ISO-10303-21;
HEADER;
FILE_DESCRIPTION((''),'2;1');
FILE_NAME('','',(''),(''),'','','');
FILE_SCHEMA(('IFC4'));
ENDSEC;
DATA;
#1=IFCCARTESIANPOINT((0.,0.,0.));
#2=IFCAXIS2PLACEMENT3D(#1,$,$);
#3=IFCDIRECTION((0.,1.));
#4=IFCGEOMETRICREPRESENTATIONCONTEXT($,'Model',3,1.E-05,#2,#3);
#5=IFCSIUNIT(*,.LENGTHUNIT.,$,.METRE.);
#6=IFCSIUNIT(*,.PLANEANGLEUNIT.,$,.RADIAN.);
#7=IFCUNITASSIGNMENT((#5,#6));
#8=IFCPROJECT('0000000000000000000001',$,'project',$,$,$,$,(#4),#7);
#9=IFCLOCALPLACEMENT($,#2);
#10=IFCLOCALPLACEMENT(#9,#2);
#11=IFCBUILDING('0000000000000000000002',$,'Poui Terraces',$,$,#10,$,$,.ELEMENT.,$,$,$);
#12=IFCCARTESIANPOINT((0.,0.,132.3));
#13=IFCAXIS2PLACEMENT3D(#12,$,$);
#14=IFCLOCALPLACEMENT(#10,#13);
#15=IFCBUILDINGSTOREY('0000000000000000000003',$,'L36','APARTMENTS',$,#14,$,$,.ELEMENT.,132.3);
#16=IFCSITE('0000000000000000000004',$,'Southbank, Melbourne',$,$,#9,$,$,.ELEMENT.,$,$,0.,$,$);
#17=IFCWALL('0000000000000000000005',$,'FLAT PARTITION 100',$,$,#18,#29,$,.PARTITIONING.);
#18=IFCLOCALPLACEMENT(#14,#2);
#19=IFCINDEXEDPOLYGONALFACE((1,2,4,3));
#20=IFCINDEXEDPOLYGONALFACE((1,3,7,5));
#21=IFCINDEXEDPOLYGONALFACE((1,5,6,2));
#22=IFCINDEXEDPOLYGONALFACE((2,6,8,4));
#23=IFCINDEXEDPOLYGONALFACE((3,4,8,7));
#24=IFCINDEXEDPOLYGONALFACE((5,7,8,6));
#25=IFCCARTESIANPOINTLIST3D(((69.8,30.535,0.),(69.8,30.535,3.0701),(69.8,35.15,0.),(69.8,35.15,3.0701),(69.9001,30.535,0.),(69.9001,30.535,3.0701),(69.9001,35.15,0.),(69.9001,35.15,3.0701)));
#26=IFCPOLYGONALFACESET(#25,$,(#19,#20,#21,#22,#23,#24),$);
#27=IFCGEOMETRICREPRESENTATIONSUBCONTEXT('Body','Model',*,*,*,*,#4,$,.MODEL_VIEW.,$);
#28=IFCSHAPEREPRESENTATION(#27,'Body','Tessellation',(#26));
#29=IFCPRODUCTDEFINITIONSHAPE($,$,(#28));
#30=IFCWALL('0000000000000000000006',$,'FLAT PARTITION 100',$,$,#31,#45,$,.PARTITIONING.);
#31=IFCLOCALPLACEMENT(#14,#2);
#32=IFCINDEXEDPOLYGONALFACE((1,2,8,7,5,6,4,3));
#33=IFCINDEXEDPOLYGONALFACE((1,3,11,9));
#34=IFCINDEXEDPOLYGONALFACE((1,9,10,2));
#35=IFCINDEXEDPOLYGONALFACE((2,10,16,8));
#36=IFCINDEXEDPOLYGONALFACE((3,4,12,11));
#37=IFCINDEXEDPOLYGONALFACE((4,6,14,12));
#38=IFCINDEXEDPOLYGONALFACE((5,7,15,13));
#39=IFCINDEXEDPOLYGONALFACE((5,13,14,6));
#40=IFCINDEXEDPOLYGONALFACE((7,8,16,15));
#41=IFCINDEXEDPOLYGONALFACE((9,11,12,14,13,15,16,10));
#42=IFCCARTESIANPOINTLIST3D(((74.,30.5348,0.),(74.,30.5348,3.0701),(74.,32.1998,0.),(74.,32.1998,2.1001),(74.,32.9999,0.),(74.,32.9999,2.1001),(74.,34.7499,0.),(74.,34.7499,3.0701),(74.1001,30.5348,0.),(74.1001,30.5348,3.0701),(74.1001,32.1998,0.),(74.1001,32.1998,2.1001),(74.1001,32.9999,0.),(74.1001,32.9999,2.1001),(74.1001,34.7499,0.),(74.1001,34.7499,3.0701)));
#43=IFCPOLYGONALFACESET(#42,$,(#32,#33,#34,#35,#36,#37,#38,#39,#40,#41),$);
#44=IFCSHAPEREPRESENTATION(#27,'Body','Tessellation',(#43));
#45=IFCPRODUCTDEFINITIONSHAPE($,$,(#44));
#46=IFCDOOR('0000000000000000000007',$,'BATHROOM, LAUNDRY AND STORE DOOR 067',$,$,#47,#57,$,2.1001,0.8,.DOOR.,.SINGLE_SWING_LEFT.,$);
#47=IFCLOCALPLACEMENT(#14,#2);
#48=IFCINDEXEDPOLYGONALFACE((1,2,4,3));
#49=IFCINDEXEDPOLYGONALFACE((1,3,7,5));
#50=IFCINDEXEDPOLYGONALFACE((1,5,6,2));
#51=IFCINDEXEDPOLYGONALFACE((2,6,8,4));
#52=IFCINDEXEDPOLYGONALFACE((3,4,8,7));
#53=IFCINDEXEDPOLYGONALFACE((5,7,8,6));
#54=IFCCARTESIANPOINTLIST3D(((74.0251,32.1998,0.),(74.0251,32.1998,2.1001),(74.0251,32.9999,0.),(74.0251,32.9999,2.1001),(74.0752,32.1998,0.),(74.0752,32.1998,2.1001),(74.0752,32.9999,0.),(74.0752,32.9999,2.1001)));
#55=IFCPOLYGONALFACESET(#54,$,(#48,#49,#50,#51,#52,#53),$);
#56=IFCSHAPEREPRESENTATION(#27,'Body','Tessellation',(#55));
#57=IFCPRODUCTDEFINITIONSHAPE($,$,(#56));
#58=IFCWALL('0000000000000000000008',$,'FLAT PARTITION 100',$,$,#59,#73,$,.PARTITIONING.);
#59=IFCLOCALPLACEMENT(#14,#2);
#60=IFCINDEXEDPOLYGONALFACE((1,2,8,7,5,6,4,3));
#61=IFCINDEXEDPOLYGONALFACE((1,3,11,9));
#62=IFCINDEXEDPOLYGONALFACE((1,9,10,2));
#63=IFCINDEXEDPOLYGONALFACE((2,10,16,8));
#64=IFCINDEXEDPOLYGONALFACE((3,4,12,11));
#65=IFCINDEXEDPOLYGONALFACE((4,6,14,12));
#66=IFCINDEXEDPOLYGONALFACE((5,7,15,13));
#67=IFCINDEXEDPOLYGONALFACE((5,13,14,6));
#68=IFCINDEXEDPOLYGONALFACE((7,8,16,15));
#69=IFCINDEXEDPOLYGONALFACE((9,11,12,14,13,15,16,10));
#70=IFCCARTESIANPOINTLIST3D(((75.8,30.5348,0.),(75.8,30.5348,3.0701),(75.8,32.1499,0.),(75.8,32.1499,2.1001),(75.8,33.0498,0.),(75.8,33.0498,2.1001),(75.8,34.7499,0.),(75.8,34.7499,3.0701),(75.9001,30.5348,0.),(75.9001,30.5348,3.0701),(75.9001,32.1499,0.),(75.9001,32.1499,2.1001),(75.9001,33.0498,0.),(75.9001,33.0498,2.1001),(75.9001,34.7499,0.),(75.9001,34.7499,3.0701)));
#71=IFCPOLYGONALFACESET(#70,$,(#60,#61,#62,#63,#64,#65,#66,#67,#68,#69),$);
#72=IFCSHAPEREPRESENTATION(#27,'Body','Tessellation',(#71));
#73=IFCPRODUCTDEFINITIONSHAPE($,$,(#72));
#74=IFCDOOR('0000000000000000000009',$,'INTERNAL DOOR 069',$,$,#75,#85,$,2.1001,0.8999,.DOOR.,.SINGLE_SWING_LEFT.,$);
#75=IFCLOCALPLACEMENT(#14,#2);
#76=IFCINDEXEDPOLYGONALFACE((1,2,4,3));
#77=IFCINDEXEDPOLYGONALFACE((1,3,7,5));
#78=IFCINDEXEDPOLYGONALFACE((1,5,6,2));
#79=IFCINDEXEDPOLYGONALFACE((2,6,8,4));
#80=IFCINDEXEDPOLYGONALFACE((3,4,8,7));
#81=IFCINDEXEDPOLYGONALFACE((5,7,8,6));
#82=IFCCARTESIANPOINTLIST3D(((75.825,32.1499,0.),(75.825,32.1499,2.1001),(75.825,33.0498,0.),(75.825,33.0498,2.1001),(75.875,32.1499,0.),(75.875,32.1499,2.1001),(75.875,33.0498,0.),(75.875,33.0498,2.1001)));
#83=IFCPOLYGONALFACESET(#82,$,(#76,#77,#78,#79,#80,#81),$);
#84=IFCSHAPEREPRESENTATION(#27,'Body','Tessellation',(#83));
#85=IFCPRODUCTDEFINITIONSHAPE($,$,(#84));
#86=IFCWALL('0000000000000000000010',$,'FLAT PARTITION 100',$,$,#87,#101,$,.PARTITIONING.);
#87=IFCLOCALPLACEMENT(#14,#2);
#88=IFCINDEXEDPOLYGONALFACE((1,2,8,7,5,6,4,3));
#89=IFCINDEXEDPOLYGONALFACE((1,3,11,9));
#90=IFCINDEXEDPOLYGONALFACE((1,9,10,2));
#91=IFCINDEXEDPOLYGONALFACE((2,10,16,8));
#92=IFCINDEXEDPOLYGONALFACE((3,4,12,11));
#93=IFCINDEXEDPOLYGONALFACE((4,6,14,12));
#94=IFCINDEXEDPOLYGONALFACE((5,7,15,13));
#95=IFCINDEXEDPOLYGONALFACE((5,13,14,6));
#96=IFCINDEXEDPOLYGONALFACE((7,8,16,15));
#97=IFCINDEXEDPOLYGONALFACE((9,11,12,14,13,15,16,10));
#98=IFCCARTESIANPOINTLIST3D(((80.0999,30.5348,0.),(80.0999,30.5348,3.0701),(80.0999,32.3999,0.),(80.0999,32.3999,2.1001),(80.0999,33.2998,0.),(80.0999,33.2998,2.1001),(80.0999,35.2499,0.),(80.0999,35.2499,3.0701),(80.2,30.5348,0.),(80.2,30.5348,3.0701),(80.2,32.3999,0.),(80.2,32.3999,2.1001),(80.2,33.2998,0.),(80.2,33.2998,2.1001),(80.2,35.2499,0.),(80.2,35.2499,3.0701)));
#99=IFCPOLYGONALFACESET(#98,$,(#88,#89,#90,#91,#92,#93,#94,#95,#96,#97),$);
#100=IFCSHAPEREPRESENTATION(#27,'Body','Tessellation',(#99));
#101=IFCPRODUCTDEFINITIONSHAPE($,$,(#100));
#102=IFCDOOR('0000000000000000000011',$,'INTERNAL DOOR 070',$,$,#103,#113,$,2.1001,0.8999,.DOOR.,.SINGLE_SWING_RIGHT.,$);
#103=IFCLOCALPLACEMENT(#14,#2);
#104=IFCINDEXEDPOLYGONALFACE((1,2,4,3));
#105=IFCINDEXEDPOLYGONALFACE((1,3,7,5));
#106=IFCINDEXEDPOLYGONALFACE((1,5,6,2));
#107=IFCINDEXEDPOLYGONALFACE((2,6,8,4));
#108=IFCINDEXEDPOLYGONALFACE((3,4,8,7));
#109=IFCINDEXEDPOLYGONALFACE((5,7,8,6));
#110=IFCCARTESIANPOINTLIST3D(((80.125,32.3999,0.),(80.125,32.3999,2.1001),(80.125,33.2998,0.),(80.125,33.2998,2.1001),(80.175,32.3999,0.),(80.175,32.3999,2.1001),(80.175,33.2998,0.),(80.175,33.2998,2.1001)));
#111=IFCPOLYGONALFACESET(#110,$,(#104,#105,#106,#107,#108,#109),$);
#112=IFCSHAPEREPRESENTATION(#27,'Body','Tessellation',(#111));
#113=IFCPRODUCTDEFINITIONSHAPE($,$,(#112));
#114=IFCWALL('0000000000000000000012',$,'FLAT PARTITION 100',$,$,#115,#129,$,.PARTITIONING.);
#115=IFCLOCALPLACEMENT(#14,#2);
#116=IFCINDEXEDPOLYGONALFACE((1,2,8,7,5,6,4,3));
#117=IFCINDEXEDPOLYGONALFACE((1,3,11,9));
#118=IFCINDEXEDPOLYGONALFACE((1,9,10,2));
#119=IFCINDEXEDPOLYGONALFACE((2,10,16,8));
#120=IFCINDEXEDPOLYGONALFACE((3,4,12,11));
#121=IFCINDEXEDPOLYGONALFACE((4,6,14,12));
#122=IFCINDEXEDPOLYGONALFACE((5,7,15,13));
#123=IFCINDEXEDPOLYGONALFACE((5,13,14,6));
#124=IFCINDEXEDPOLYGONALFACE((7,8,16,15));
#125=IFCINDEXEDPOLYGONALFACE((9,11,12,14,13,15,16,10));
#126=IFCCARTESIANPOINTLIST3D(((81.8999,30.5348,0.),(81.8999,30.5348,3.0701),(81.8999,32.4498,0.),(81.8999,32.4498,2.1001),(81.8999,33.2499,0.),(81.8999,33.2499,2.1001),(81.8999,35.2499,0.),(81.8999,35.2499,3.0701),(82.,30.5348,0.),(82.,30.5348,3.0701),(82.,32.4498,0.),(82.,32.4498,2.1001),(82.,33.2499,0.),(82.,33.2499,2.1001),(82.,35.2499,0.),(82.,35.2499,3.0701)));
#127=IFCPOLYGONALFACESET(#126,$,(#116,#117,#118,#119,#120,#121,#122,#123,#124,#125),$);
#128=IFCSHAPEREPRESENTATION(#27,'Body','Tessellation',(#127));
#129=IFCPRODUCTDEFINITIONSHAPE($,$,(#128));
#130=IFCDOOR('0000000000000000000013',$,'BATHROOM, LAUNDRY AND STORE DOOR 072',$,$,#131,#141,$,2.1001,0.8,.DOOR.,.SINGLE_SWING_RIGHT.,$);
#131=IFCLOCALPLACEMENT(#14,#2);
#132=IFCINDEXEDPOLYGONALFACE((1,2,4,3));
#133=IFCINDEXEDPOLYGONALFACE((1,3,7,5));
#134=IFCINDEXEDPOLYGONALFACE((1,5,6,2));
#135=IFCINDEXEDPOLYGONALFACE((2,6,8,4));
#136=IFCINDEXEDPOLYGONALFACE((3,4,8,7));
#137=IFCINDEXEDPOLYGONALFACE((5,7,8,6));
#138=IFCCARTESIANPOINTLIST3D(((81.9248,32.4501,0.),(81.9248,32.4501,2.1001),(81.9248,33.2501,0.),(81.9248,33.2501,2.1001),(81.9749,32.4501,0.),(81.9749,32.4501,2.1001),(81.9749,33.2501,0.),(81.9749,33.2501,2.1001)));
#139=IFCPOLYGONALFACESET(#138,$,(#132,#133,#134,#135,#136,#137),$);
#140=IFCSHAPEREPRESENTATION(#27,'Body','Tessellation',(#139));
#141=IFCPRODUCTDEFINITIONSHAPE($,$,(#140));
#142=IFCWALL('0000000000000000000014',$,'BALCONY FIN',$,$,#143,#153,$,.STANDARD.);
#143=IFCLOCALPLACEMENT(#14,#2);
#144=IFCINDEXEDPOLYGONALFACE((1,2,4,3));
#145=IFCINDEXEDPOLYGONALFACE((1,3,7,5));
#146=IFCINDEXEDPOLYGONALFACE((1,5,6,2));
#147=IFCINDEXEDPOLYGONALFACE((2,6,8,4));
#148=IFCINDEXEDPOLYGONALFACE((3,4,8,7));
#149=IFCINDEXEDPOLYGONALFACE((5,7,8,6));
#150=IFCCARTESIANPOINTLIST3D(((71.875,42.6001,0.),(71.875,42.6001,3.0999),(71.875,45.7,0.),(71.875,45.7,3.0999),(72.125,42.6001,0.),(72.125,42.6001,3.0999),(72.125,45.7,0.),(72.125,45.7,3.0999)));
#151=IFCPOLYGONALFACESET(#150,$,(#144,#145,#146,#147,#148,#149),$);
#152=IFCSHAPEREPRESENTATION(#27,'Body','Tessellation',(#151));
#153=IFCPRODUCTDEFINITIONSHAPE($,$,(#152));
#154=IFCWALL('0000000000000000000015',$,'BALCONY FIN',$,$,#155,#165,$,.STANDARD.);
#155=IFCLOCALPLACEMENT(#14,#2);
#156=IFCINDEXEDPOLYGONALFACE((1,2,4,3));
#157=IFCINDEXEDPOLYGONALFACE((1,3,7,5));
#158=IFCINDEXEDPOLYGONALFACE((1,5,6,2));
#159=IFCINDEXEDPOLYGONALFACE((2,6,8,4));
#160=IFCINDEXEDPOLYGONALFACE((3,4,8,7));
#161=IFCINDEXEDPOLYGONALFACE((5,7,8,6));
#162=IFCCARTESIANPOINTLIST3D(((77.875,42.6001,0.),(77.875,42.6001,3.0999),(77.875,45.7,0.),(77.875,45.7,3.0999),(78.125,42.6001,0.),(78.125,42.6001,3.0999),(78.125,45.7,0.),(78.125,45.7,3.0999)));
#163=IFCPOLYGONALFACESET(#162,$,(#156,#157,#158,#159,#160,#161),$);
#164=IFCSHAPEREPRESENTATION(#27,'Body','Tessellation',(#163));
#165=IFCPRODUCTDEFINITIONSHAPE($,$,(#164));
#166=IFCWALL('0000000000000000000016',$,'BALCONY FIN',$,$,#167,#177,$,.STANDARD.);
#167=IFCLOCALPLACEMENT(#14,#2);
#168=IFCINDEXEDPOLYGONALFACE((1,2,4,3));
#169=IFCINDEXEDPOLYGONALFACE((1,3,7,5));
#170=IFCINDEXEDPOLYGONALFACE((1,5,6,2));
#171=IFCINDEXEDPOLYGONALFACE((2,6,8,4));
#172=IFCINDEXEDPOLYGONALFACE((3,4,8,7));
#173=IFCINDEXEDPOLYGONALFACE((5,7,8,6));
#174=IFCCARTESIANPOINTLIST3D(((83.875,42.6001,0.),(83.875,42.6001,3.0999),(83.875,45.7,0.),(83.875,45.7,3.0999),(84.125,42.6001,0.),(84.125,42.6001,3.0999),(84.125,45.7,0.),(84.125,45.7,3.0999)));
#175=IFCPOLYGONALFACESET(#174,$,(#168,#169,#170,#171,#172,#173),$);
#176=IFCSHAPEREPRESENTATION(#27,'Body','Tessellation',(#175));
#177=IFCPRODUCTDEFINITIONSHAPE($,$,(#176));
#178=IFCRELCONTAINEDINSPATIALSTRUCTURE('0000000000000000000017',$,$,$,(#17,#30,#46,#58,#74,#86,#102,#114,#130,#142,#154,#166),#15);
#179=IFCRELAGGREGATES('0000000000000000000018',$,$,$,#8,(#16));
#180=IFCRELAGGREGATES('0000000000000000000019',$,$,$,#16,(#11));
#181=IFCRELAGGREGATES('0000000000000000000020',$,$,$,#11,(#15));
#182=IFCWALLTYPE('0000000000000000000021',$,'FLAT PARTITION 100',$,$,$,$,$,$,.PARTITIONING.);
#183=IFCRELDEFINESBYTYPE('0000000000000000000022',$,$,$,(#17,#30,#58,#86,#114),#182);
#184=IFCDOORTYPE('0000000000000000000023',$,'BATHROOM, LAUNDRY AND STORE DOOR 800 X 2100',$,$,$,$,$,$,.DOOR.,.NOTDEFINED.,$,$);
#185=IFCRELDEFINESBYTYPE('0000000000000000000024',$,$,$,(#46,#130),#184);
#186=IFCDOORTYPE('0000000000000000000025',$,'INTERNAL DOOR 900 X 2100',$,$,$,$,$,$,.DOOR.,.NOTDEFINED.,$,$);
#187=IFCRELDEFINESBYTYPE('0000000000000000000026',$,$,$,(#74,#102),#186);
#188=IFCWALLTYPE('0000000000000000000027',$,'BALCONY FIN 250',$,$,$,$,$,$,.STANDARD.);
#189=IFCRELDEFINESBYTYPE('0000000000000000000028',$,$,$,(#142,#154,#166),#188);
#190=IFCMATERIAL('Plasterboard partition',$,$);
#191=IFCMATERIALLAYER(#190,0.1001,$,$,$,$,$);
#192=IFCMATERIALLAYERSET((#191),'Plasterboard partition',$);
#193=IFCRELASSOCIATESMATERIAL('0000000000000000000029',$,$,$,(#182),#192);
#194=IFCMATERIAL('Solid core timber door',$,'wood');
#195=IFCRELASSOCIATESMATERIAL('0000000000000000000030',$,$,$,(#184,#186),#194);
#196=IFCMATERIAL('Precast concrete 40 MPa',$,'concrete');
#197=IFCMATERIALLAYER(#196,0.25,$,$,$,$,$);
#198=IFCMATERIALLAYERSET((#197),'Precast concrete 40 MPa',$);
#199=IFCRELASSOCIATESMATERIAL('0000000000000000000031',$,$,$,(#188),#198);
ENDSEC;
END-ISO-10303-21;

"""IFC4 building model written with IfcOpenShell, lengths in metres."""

from ifc_helpers import new_model, si_unit, direction, frame, frame_2d, origin, place, context, subcontext, project, spatial, polyline, rectangle, outline, extrude, source, transform, mapped, material, layer, layer_set, type_object, element, fill, save


model = new_model("IFC4")

# Units and contexts
model_context = context("Model", 3, precision=1e-05, world=origin(), true_north=direction((0.0, 1.0)))
body_context = subcontext(model_context, "Body", "Model", "MODEL_VIEW")
ifc_project = project(units=[si_unit("LENGTHUNIT", "METRE"), si_unit("PLANEANGLEUNIT", "RADIAN")], contexts=[model_context])

# Site, building, storey
site_placement = place(None, origin())
site = spatial("IfcSite", under=ifc_project, at=site_placement, Name="Southbank, Melbourne", CompositionType="ELEMENT", RefElevation=0.0)
building_placement = place(site_placement, origin())
building = spatial("IfcBuilding", under=site, at=building_placement, Name="Poui Terraces", CompositionType="ELEMENT")
storey_placement = place(building_placement, frame((0.0, 0.0, 132.3)))
storey = spatial("IfcBuildingStorey", under=building, at=storey_placement, Name="L36", Description="APARTMENTS", CompositionType="ELEMENT", Elevation=132.3)

# Shared definitions
ifc_material_1 = material(Name="Plasterboard partition")
ifc_layer_1 = layer(ifc_material_1, 0.1001)
ifc_layer_set_1 = layer_set([ifc_layer_1], Name="Plasterboard partition")
wall_type_1 = type_object("IfcWallType", Name="FLAT PARTITION 100", PredefinedType="PARTITIONING", material=ifc_layer_set_1)

# Shared definitions
ifc_material_2 = material(Name="Solid core timber door", Category="wood")
door_type_1 = type_object("IfcDoorType", Name="BATHROOM, LAUNDRY AND STORE DOOR 800 X 2100", OperationType="NOTDEFINED", PredefinedType="DOOR", material=ifc_material_2)
door_type_2 = type_object("IfcDoorType", Name="INTERNAL DOOR 900 X 2100", OperationType="NOTDEFINED", PredefinedType="DOOR", material=ifc_material_2)

# Wall
wall_1_placement = place(storey_placement, frame((69.8501, 30.5349, 0.0), z_axis=(0.0, 0.0, 1.0), x_axis=(0.0, 1.0, 0.0)))
element("IfcWall", 1, at=wall_1_placement, inside=storey, type_object=wall_type_1, Name="FLAT PARTITION 100", PredefinedType="PARTITIONING", context=body_context, shape_type="SweptSolid", body=[
    extrude(rectangle(XDim=4.615, YDim=0.1001, at=frame_2d((2.3076, 0.0))), origin(), (0.0, 0.0, 1.0), 3.0701),
])

# Walls, openings, doors
wall_2_placement = place(storey_placement, frame((74.05, 30.5349, 0.0), z_axis=(0.0, 0.0, 1.0), x_axis=(0.0, 1.0, 0.0)))
wall_2 = element("IfcWall", 2, at=wall_2_placement, inside=storey, type_object=wall_type_1, Name="FLAT PARTITION 100", PredefinedType="PARTITIONING", context=body_context, shape_type="SweptSolid", body=[
    extrude(rectangle(XDim=4.2151, YDim=0.1001, at=frame_2d((2.1074, 0.0))), origin(), (0.0, 0.0, 1.0), 3.0701),
])
opening_1_placement = place(wall_2_placement, frame((1.665, 0.0, 0.0)))
opening_1 = element("IfcOpeningElement", 3, at=opening_1_placement, cuts=wall_2, PredefinedType="OPENING", context=body_context, shape_type="SweptSolid", body=[
    extrude(rectangle(XDim=0.8, YDim=2.1001, at=frame_2d((0.3999, 1.05))), frame((0.0, 0.0601, 0.0), z_axis=(0.0, -1.0, 0.0), x_axis=(1.0, 0.0, 0.0)), (0.0, 0.0, 1.0), 0.1201),
])
door_1_placement = place(opening_1_placement, origin())
door_1 = element("IfcDoor", 4, at=door_1_placement, inside=storey, type_object=door_type_1, Name="BATHROOM, LAUNDRY AND STORE DOOR 067", OperationType="SINGLE_SWING_LEFT", OverallHeight=2.1001, OverallWidth=0.8, PredefinedType="DOOR", context=body_context, shape_type="SweptSolid", body=[
    extrude(rectangle(XDim=0.8, YDim=2.1001, at=frame_2d((0.3999, 1.05))), frame((0.0, 0.0249, 0.0), z_axis=(0.0, -1.0, 0.0), x_axis=(1.0, 0.0, 0.0)), (0.0, 0.0, 1.0), 0.05),
])
fill(opening_1, door_1)
wall_3_placement = place(storey_placement, frame((75.8501, 30.5349, 0.0), z_axis=(0.0, 0.0, 1.0), x_axis=(0.0, 1.0, 0.0)))
wall_3 = element("IfcWall", 5, at=wall_3_placement, inside=storey, type_object=wall_type_1, Name="FLAT PARTITION 100", PredefinedType="PARTITIONING", context=body_context, shape_type="SweptSolid", body=[
    extrude(rectangle(XDim=4.2151, YDim=0.1001, at=frame_2d((2.1074, 0.0))), origin(), (0.0, 0.0, 1.0), 3.0701),
])
opening_2_placement = place(wall_3_placement, frame((1.615, 0.0, 0.0)))
opening_2 = element("IfcOpeningElement", 6, at=opening_2_placement, cuts=wall_3, PredefinedType="OPENING", context=body_context, shape_type="SweptSolid", body=[
    extrude(rectangle(XDim=0.8999, YDim=2.1001, at=frame_2d((0.45, 1.05))), frame((0.0, 0.0601, 0.0), z_axis=(0.0, -1.0, 0.0), x_axis=(1.0, 0.0, 0.0)), (0.0, 0.0, 1.0), 0.1201),
])
door_2_placement = place(opening_2_placement, frame((0.8999, 0.0, 0.0), z_axis=(0.0, 0.0, 1.0), x_axis=(-1.0, 0.0, 0.0)))
door_2 = element("IfcDoor", 7, at=door_2_placement, inside=storey, type_object=door_type_2, Name="INTERNAL DOOR 069", OperationType="SINGLE_SWING_LEFT", OverallHeight=2.1001, OverallWidth=0.8999, PredefinedType="DOOR", context=body_context, shape_type="SweptSolid", body=[
    extrude(rectangle(XDim=0.8999, YDim=2.1001, at=frame_2d((0.45, 1.05))), frame((0.0, 0.0249, 0.0), z_axis=(0.0, -1.0, 0.0), x_axis=(1.0, 0.0, 0.0)), (0.0, 0.0, 1.0), 0.05),
])
fill(opening_2, door_2)
wall_4_placement = place(storey_placement, frame((80.1499, 30.5349, 0.0), z_axis=(0.0, 0.0, 1.0), x_axis=(0.0, 1.0, 0.0)))
wall_4 = element("IfcWall", 8, at=wall_4_placement, inside=storey, type_object=wall_type_1, Name="FLAT PARTITION 100", PredefinedType="PARTITIONING", context=body_context, shape_type="SweptSolid", body=[
    extrude(rectangle(XDim=4.7151, YDim=0.1001, at=frame_2d((2.3574, 0.0))), origin(), (0.0, 0.0, 1.0), 3.0701),
])
opening_3_placement = place(wall_4_placement, frame((1.865, 0.0, 0.0)))
opening_3 = element("IfcOpeningElement", 9, at=opening_3_placement, cuts=wall_4, PredefinedType="OPENING", context=body_context, shape_type="SweptSolid", body=[
    extrude(rectangle(XDim=0.8999, YDim=2.1001, at=frame_2d((0.45, 1.05))), frame((0.0, 0.0601, 0.0), z_axis=(0.0, -1.0, 0.0), x_axis=(1.0, 0.0, 0.0)), (0.0, 0.0, 1.0), 0.1201),
])
door_3_placement = place(opening_3_placement, origin())
door_3 = element("IfcDoor", 10, at=door_3_placement, inside=storey, type_object=door_type_2, Name="INTERNAL DOOR 070", OperationType="SINGLE_SWING_RIGHT", OverallHeight=2.1001, OverallWidth=0.8999, PredefinedType="DOOR", context=body_context, shape_type="SweptSolid", body=[
    extrude(rectangle(XDim=0.8999, YDim=2.1001, at=frame_2d((0.45, 1.05))), frame((0.0, 0.0249, 0.0), z_axis=(0.0, -1.0, 0.0), x_axis=(1.0, 0.0, 0.0)), (0.0, 0.0, 1.0), 0.05),
])
fill(opening_3, door_3)
wall_5_placement = place(storey_placement, frame((81.95, 30.5349, 0.0), z_axis=(0.0, 0.0, 1.0), x_axis=(0.0, 1.0, 0.0)))
wall_5 = element("IfcWall", 11, at=wall_5_placement, inside=storey, type_object=wall_type_1, Name="FLAT PARTITION 100", PredefinedType="PARTITIONING", context=body_context, shape_type="SweptSolid", body=[
    extrude(rectangle(XDim=4.7151, YDim=0.1001, at=frame_2d((2.3574, 0.0))), origin(), (0.0, 0.0, 1.0), 3.0701),
])
opening_4_placement = place(wall_5_placement, frame((1.915, 0.0, 0.0)))
opening_4 = element("IfcOpeningElement", 12, at=opening_4_placement, cuts=wall_5, PredefinedType="OPENING", context=body_context, shape_type="SweptSolid", body=[
    extrude(rectangle(XDim=0.8, YDim=2.1001, at=frame_2d((0.3999, 1.05))), frame((0.0, 0.0601, 0.0), z_axis=(0.0, -1.0, 0.0), x_axis=(1.0, 0.0, 0.0)), (0.0, 0.0, 1.0), 0.1201),
])
door_4_placement = place(opening_4_placement, frame((0.8, 0.0, 0.0), z_axis=(0.0, 0.0, 1.0), x_axis=(-1.0, 0.0, 0.0)))
door_4 = element("IfcDoor", 13, at=door_4_placement, inside=storey, type_object=door_type_1, Name="BATHROOM, LAUNDRY AND STORE DOOR 072", OperationType="SINGLE_SWING_RIGHT", OverallHeight=2.1001, OverallWidth=0.8, PredefinedType="DOOR", context=body_context, shape_type="SweptSolid", body=[
    extrude(rectangle(XDim=0.8, YDim=2.1001, at=frame_2d((0.3999, 1.05))), frame((0.0, 0.0249, 0.0), z_axis=(0.0, -1.0, 0.0), x_axis=(1.0, 0.0, 0.0)), (0.0, 0.0, 1.0), 0.05),
])
fill(opening_4, door_4)

# Walls
ifc_material_3 = material(Name="Precast concrete 40 MPa", Category="concrete")
ifc_layer_2 = layer(ifc_material_3, 0.25)
ifc_layer_set_2 = layer_set([ifc_layer_2], Name="Precast concrete 40 MPa")
wall_type_2 = type_object("IfcWallType", Name="BALCONY FIN 250", PredefinedType="STANDARD", material=ifc_layer_set_2)
shared_shape_1 = source(origin(), body_context, "Body", "SweptSolid", [
    extrude(outline(polyline([(0.0, 0.0), (0.25, 0.0), (0.25, 3.0999), (0.0, 3.0999), (0.0, 0.0)])), origin(), (0.0, 0.0, 1.0), 3.0999),
])
for number, where, name in (
    (14, (71.875, 42.6001, 0.0), "BALCONY FIN"),
    (15, (77.875, 42.6001, 0.0), "BALCONY FIN"),
    (16, (83.875, 42.6001, 0.0), "BALCONY FIN"),
):
    element("IfcWall", number, at=place(storey_placement, frame(where)), inside=storey, type_object=wall_type_2, Name=name, PredefinedType="STANDARD", context=body_context, shape_type="MappedRepresentation", body=[
        mapped(shared_shape_1, transform((0.0, 0.0, 0.0))),
    ])

save(model, "model.ifc")
